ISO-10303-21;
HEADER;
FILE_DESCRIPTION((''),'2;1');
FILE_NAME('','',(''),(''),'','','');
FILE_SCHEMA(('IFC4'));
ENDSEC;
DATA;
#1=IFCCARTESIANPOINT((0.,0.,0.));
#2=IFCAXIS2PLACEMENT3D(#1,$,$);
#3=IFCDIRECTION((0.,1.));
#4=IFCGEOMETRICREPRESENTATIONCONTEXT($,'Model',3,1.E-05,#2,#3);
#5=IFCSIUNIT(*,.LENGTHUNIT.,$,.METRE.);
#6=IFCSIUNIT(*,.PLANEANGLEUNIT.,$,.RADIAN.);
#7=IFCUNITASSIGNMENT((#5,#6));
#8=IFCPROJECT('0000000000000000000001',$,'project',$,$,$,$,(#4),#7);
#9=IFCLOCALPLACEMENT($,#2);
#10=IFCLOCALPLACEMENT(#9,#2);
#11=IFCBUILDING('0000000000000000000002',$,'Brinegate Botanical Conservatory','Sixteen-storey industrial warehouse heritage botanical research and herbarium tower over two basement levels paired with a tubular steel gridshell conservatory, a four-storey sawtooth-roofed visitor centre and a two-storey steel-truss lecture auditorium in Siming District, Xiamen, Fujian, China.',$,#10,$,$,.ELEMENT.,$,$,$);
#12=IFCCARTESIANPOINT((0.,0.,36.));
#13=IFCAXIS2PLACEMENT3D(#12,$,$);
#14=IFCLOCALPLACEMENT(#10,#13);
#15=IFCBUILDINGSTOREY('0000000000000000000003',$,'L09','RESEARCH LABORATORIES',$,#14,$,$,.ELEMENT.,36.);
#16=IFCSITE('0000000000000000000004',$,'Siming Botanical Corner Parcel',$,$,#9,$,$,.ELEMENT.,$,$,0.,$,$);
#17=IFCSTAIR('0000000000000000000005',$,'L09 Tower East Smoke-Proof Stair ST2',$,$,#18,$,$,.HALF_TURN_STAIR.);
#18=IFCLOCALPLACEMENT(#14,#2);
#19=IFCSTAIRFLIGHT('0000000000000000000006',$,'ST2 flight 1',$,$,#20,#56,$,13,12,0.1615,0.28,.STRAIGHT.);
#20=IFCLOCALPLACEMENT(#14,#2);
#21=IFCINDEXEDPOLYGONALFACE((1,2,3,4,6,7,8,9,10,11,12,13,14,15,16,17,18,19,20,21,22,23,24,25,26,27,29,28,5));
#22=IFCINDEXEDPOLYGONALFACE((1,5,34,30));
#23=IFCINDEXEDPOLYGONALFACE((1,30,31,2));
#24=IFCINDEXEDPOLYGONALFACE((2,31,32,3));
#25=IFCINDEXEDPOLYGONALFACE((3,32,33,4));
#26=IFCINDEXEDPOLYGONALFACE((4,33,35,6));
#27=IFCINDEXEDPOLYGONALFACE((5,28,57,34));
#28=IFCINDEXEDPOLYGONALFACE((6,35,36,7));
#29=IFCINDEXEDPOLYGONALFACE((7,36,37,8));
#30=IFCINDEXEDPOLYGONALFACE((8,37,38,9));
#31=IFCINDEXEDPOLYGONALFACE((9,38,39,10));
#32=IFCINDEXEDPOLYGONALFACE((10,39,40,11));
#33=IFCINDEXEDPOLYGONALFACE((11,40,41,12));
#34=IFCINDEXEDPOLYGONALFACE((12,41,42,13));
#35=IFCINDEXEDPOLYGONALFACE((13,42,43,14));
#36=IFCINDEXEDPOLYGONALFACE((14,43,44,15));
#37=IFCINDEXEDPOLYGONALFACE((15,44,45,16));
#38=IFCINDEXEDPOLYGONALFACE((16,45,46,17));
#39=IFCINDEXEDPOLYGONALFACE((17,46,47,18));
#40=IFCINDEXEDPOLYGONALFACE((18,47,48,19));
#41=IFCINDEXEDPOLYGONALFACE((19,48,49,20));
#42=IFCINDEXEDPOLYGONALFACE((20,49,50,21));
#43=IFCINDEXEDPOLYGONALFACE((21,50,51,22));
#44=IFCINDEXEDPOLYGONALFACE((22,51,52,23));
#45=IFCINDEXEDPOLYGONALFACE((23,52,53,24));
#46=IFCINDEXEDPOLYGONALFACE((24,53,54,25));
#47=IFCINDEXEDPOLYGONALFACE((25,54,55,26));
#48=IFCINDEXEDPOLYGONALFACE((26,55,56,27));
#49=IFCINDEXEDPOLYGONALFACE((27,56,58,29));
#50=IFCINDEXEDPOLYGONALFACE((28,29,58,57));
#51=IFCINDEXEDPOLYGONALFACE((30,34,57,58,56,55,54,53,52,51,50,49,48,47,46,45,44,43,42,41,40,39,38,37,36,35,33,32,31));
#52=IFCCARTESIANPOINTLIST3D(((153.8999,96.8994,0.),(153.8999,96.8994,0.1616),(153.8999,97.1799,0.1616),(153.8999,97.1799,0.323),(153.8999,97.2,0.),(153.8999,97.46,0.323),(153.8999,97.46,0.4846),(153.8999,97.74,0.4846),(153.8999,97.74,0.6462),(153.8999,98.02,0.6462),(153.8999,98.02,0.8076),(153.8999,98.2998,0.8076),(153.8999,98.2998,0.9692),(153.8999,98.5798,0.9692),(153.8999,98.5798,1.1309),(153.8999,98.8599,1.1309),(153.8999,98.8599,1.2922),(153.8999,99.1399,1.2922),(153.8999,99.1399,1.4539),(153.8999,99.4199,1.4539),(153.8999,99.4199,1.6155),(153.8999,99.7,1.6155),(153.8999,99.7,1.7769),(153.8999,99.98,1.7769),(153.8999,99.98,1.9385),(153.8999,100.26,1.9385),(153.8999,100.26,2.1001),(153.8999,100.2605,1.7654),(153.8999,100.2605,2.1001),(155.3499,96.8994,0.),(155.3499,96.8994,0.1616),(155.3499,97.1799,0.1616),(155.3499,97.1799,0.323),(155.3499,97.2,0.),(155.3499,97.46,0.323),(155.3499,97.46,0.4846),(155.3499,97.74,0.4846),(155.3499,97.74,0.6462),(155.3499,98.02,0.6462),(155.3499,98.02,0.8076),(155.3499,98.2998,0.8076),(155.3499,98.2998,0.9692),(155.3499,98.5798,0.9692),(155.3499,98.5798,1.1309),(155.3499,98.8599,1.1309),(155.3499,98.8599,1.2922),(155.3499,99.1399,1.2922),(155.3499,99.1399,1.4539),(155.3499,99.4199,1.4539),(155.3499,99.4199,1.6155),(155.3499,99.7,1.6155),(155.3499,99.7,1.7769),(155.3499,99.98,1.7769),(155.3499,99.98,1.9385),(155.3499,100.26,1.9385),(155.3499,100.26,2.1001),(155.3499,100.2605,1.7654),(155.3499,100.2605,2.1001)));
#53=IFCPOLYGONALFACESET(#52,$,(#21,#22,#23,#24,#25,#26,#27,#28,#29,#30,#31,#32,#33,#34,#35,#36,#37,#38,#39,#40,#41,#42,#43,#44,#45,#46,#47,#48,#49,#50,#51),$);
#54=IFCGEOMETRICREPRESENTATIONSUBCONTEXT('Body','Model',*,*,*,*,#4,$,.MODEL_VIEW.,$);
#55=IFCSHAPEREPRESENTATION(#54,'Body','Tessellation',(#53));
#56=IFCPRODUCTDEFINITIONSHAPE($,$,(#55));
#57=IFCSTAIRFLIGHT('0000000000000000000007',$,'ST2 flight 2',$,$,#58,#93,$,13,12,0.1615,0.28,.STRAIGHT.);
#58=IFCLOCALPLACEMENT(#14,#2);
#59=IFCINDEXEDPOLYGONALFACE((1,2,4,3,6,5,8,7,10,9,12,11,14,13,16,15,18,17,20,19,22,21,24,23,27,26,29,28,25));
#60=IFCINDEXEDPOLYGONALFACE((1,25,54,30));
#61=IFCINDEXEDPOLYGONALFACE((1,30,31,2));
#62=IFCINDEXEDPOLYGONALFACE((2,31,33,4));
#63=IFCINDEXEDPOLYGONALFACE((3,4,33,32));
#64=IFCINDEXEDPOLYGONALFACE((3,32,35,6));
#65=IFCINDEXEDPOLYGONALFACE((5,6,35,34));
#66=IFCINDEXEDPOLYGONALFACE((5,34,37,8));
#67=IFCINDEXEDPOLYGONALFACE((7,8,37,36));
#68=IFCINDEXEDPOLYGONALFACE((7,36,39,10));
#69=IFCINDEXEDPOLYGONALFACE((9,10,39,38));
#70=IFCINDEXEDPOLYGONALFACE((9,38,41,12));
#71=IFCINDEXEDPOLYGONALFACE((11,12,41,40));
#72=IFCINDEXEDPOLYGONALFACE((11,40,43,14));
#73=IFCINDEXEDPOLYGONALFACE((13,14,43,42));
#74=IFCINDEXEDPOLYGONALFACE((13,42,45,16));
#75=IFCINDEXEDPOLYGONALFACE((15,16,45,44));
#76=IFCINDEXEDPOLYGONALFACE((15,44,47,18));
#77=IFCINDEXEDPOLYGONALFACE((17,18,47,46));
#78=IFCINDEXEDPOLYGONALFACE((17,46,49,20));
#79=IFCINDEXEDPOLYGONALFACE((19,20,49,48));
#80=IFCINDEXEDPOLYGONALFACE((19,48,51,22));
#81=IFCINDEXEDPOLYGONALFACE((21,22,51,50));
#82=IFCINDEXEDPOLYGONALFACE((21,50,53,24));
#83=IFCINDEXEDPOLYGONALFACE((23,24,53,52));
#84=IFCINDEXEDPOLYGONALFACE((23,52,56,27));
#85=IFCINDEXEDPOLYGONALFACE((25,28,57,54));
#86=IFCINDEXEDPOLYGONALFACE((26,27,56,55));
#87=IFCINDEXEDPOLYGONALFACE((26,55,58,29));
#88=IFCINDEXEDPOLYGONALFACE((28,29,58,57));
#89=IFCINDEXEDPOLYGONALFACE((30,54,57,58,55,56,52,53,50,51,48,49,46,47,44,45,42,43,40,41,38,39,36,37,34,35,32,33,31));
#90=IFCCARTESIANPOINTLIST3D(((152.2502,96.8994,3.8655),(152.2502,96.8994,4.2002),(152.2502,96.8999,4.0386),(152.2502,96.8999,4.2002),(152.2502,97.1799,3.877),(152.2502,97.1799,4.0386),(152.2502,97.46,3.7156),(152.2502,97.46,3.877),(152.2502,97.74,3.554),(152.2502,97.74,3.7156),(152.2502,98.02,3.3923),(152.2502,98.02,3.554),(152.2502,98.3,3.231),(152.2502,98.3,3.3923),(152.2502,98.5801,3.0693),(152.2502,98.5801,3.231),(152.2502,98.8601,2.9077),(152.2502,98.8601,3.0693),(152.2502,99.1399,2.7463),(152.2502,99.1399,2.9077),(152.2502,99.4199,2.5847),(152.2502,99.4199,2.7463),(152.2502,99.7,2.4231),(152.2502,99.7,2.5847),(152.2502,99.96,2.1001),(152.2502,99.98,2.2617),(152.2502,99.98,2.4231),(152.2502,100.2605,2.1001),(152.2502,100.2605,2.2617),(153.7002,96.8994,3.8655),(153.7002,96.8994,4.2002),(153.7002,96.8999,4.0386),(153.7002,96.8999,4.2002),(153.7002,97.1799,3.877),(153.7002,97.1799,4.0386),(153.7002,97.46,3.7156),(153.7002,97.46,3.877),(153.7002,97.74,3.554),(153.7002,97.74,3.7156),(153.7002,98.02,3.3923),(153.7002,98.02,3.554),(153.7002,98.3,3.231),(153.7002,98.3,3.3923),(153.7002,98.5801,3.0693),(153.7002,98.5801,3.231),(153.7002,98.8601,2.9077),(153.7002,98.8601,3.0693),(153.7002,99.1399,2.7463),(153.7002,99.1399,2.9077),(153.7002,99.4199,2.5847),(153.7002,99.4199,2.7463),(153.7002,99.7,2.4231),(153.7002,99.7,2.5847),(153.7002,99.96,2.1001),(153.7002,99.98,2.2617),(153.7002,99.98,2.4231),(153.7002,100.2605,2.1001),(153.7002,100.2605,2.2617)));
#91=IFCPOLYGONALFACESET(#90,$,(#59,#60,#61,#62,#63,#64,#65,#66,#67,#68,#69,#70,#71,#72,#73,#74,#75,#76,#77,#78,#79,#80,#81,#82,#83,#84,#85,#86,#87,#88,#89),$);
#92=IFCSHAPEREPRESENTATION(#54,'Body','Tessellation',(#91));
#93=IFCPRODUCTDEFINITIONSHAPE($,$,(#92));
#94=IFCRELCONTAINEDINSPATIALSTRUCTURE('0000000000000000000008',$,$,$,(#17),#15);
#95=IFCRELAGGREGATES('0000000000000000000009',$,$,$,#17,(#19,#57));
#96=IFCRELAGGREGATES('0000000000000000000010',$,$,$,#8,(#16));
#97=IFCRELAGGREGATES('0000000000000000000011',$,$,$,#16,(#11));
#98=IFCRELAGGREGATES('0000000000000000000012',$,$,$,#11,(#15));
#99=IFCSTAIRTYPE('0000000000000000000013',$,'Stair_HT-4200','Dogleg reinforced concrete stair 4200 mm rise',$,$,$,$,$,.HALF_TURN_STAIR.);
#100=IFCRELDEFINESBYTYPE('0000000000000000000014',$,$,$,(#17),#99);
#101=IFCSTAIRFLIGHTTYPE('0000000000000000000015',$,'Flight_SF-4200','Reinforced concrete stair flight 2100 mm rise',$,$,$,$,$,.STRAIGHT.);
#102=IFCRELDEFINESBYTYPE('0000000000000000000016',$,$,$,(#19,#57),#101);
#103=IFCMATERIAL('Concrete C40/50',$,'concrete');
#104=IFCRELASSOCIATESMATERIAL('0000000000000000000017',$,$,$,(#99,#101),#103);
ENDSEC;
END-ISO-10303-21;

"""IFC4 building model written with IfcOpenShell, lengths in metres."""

from ifc_helpers import new_model, si_unit, direction, frame, origin, place, context, subcontext, project, spatial, polyline, outline, extrude, material, type_object, element, aggregate, save


model = new_model("IFC4")

# Units and contexts
model_context = context("Model", 3, precision=1e-05, world=origin(), true_north=direction((0.0, 1.0)))
body_context = subcontext(model_context, "Body", "Model", "MODEL_VIEW")
ifc_project = project(units=[si_unit("LENGTHUNIT", "METRE"), si_unit("PLANEANGLEUNIT", "RADIAN")], contexts=[model_context])

# Site, building, storey
site_placement = place(None, origin())
site = spatial("IfcSite", under=ifc_project, at=site_placement, Name="Siming Botanical Corner Parcel", CompositionType="ELEMENT", RefElevation=0.0)
building_placement = place(site_placement, origin())
building = spatial("IfcBuilding", under=site, at=building_placement, Name="Brinegate Botanical Conservatory", Description="Sixteen-storey industrial warehouse heritage botanical research and herbarium tower over two basement levels paired with a tubular steel gridshell conservatory, a four-storey sawtooth-roofed visitor centre and a two-storey steel-truss lecture auditorium in Siming District, Xiamen, Fujian, China.", CompositionType="ELEMENT")
storey_placement = place(building_placement, frame((0.0, 0.0, 36.0)))
storey = spatial("IfcBuildingStorey", under=building, at=storey_placement, Name="L09", Description="RESEARCH LABORATORIES", CompositionType="ELEMENT", Elevation=36.0)

# Shared definitions
ifc_material_1 = material(Name="Concrete C40/50", Category="concrete")

# Stair, stair flights
stair_type = type_object("IfcStairType", Name="Stair_HT-4200", Description="Dogleg reinforced concrete stair 4200 mm rise", PredefinedType="HALF_TURN_STAIR", material=ifc_material_1)
stair_placement = place(storey_placement, origin())
stair = element("IfcStair", 1, at=stair_placement, inside=storey, type_object=stair_type, Name="L09 Tower East Smoke-Proof Stair ST2", PredefinedType="HALF_TURN_STAIR")
stair_flight_type = type_object("IfcStairFlightType", Name="Flight_SF-4200", Description="Reinforced concrete stair flight 2100 mm rise", PredefinedType="STRAIGHT", material=ifc_material_1)
stair_flight_1_placement = place(storey_placement, frame((154.625, 96.8999, 0.0), z_axis=(0.0, 0.0, 1.0), x_axis=(0.0, 1.0, 0.0)))
stair_flight_1 = element("IfcStairFlight", 2, at=stair_flight_1_placement, type_object=stair_flight_type, Name="ST2 flight 1", NumberOfRisers=13, NumberOfTreads=12, PredefinedType="STRAIGHT", RiserHeight=0.1615, TreadLength=0.28, context=body_context, shape_type="SweptSolid", body=[
    extrude(outline(polyline([(-0.0005, 0.0), (-0.0005, 0.1616), (0.28, 0.1616), (0.28, 0.323), (0.5601, 0.323), (0.5601, 0.4846), (0.8401, 0.4846), (0.8401, 0.6462), (1.1201, 0.6462), (1.1201, 0.8076), (1.3999, 0.8076), (1.3999, 0.9692), (1.6799, 0.9692), (1.6799, 1.1309), (1.96, 1.1309), (1.96, 1.2922), (2.24, 1.2922), (2.24, 1.4539), (2.52, 1.4539), (2.52, 1.6155), (2.8, 1.6155), (2.8, 1.7769), (3.0801, 1.7769), (3.0801, 1.9385), (3.3601, 1.9385), (3.3601, 2.1001), (3.3606, 2.1001), (3.3606, 1.7654), (0.3, 0.0), (-0.0005, 0.0)])), frame((0.0, 0.7251, 0.0), z_axis=(0.0, -1.0, 0.0), x_axis=(1.0, 0.0, 0.0)), (0.0, 0.0, 1.0), 1.45),
])
stair_flight_2_placement = place(storey_placement, frame((152.9751, 100.26, 2.1001), z_axis=(0.0, 0.0, 1.0), x_axis=(0.0, -1.0, 0.0)))
stair_flight_2 = element("IfcStairFlight", 3, at=stair_flight_2_placement, type_object=stair_flight_type, Name="ST2 flight 2", NumberOfRisers=13, NumberOfTreads=12, PredefinedType="STRAIGHT", RiserHeight=0.1615, TreadLength=0.28, context=body_context, shape_type="SweptSolid", body=[
    extrude(outline(polyline([(-0.0005, 0.0), (-0.0005, 0.1616), (0.28, 0.1616), (0.28, 0.323), (0.5601, 0.323), (0.5601, 0.4846), (0.8401, 0.4846), (0.8401, 0.6462), (1.1201, 0.6462), (1.1201, 0.8076), (1.3999, 0.8076), (1.3999, 0.9692), (1.6799, 0.9692), (1.6799, 1.1309), (1.96, 1.1309), (1.96, 1.2922), (2.24, 1.2922), (2.24, 1.4539), (2.52, 1.4539), (2.52, 1.6155), (2.8, 1.6155), (2.8, 1.7769), (3.0801, 1.7769), (3.0801, 1.9385), (3.3601, 1.9385), (3.3601, 2.1001), (3.3606, 2.1001), (3.3606, 1.7654), (0.3, 0.0), (-0.0005, 0.0)])), frame((0.0, 0.7251, 0.0), z_axis=(0.0, -1.0, 0.0), x_axis=(1.0, 0.0, 0.0)), (0.0, 0.0, 1.0), 1.45),
])
aggregate(stair, [stair_flight_1, stair_flight_2])

save(model, "model.ifc")
